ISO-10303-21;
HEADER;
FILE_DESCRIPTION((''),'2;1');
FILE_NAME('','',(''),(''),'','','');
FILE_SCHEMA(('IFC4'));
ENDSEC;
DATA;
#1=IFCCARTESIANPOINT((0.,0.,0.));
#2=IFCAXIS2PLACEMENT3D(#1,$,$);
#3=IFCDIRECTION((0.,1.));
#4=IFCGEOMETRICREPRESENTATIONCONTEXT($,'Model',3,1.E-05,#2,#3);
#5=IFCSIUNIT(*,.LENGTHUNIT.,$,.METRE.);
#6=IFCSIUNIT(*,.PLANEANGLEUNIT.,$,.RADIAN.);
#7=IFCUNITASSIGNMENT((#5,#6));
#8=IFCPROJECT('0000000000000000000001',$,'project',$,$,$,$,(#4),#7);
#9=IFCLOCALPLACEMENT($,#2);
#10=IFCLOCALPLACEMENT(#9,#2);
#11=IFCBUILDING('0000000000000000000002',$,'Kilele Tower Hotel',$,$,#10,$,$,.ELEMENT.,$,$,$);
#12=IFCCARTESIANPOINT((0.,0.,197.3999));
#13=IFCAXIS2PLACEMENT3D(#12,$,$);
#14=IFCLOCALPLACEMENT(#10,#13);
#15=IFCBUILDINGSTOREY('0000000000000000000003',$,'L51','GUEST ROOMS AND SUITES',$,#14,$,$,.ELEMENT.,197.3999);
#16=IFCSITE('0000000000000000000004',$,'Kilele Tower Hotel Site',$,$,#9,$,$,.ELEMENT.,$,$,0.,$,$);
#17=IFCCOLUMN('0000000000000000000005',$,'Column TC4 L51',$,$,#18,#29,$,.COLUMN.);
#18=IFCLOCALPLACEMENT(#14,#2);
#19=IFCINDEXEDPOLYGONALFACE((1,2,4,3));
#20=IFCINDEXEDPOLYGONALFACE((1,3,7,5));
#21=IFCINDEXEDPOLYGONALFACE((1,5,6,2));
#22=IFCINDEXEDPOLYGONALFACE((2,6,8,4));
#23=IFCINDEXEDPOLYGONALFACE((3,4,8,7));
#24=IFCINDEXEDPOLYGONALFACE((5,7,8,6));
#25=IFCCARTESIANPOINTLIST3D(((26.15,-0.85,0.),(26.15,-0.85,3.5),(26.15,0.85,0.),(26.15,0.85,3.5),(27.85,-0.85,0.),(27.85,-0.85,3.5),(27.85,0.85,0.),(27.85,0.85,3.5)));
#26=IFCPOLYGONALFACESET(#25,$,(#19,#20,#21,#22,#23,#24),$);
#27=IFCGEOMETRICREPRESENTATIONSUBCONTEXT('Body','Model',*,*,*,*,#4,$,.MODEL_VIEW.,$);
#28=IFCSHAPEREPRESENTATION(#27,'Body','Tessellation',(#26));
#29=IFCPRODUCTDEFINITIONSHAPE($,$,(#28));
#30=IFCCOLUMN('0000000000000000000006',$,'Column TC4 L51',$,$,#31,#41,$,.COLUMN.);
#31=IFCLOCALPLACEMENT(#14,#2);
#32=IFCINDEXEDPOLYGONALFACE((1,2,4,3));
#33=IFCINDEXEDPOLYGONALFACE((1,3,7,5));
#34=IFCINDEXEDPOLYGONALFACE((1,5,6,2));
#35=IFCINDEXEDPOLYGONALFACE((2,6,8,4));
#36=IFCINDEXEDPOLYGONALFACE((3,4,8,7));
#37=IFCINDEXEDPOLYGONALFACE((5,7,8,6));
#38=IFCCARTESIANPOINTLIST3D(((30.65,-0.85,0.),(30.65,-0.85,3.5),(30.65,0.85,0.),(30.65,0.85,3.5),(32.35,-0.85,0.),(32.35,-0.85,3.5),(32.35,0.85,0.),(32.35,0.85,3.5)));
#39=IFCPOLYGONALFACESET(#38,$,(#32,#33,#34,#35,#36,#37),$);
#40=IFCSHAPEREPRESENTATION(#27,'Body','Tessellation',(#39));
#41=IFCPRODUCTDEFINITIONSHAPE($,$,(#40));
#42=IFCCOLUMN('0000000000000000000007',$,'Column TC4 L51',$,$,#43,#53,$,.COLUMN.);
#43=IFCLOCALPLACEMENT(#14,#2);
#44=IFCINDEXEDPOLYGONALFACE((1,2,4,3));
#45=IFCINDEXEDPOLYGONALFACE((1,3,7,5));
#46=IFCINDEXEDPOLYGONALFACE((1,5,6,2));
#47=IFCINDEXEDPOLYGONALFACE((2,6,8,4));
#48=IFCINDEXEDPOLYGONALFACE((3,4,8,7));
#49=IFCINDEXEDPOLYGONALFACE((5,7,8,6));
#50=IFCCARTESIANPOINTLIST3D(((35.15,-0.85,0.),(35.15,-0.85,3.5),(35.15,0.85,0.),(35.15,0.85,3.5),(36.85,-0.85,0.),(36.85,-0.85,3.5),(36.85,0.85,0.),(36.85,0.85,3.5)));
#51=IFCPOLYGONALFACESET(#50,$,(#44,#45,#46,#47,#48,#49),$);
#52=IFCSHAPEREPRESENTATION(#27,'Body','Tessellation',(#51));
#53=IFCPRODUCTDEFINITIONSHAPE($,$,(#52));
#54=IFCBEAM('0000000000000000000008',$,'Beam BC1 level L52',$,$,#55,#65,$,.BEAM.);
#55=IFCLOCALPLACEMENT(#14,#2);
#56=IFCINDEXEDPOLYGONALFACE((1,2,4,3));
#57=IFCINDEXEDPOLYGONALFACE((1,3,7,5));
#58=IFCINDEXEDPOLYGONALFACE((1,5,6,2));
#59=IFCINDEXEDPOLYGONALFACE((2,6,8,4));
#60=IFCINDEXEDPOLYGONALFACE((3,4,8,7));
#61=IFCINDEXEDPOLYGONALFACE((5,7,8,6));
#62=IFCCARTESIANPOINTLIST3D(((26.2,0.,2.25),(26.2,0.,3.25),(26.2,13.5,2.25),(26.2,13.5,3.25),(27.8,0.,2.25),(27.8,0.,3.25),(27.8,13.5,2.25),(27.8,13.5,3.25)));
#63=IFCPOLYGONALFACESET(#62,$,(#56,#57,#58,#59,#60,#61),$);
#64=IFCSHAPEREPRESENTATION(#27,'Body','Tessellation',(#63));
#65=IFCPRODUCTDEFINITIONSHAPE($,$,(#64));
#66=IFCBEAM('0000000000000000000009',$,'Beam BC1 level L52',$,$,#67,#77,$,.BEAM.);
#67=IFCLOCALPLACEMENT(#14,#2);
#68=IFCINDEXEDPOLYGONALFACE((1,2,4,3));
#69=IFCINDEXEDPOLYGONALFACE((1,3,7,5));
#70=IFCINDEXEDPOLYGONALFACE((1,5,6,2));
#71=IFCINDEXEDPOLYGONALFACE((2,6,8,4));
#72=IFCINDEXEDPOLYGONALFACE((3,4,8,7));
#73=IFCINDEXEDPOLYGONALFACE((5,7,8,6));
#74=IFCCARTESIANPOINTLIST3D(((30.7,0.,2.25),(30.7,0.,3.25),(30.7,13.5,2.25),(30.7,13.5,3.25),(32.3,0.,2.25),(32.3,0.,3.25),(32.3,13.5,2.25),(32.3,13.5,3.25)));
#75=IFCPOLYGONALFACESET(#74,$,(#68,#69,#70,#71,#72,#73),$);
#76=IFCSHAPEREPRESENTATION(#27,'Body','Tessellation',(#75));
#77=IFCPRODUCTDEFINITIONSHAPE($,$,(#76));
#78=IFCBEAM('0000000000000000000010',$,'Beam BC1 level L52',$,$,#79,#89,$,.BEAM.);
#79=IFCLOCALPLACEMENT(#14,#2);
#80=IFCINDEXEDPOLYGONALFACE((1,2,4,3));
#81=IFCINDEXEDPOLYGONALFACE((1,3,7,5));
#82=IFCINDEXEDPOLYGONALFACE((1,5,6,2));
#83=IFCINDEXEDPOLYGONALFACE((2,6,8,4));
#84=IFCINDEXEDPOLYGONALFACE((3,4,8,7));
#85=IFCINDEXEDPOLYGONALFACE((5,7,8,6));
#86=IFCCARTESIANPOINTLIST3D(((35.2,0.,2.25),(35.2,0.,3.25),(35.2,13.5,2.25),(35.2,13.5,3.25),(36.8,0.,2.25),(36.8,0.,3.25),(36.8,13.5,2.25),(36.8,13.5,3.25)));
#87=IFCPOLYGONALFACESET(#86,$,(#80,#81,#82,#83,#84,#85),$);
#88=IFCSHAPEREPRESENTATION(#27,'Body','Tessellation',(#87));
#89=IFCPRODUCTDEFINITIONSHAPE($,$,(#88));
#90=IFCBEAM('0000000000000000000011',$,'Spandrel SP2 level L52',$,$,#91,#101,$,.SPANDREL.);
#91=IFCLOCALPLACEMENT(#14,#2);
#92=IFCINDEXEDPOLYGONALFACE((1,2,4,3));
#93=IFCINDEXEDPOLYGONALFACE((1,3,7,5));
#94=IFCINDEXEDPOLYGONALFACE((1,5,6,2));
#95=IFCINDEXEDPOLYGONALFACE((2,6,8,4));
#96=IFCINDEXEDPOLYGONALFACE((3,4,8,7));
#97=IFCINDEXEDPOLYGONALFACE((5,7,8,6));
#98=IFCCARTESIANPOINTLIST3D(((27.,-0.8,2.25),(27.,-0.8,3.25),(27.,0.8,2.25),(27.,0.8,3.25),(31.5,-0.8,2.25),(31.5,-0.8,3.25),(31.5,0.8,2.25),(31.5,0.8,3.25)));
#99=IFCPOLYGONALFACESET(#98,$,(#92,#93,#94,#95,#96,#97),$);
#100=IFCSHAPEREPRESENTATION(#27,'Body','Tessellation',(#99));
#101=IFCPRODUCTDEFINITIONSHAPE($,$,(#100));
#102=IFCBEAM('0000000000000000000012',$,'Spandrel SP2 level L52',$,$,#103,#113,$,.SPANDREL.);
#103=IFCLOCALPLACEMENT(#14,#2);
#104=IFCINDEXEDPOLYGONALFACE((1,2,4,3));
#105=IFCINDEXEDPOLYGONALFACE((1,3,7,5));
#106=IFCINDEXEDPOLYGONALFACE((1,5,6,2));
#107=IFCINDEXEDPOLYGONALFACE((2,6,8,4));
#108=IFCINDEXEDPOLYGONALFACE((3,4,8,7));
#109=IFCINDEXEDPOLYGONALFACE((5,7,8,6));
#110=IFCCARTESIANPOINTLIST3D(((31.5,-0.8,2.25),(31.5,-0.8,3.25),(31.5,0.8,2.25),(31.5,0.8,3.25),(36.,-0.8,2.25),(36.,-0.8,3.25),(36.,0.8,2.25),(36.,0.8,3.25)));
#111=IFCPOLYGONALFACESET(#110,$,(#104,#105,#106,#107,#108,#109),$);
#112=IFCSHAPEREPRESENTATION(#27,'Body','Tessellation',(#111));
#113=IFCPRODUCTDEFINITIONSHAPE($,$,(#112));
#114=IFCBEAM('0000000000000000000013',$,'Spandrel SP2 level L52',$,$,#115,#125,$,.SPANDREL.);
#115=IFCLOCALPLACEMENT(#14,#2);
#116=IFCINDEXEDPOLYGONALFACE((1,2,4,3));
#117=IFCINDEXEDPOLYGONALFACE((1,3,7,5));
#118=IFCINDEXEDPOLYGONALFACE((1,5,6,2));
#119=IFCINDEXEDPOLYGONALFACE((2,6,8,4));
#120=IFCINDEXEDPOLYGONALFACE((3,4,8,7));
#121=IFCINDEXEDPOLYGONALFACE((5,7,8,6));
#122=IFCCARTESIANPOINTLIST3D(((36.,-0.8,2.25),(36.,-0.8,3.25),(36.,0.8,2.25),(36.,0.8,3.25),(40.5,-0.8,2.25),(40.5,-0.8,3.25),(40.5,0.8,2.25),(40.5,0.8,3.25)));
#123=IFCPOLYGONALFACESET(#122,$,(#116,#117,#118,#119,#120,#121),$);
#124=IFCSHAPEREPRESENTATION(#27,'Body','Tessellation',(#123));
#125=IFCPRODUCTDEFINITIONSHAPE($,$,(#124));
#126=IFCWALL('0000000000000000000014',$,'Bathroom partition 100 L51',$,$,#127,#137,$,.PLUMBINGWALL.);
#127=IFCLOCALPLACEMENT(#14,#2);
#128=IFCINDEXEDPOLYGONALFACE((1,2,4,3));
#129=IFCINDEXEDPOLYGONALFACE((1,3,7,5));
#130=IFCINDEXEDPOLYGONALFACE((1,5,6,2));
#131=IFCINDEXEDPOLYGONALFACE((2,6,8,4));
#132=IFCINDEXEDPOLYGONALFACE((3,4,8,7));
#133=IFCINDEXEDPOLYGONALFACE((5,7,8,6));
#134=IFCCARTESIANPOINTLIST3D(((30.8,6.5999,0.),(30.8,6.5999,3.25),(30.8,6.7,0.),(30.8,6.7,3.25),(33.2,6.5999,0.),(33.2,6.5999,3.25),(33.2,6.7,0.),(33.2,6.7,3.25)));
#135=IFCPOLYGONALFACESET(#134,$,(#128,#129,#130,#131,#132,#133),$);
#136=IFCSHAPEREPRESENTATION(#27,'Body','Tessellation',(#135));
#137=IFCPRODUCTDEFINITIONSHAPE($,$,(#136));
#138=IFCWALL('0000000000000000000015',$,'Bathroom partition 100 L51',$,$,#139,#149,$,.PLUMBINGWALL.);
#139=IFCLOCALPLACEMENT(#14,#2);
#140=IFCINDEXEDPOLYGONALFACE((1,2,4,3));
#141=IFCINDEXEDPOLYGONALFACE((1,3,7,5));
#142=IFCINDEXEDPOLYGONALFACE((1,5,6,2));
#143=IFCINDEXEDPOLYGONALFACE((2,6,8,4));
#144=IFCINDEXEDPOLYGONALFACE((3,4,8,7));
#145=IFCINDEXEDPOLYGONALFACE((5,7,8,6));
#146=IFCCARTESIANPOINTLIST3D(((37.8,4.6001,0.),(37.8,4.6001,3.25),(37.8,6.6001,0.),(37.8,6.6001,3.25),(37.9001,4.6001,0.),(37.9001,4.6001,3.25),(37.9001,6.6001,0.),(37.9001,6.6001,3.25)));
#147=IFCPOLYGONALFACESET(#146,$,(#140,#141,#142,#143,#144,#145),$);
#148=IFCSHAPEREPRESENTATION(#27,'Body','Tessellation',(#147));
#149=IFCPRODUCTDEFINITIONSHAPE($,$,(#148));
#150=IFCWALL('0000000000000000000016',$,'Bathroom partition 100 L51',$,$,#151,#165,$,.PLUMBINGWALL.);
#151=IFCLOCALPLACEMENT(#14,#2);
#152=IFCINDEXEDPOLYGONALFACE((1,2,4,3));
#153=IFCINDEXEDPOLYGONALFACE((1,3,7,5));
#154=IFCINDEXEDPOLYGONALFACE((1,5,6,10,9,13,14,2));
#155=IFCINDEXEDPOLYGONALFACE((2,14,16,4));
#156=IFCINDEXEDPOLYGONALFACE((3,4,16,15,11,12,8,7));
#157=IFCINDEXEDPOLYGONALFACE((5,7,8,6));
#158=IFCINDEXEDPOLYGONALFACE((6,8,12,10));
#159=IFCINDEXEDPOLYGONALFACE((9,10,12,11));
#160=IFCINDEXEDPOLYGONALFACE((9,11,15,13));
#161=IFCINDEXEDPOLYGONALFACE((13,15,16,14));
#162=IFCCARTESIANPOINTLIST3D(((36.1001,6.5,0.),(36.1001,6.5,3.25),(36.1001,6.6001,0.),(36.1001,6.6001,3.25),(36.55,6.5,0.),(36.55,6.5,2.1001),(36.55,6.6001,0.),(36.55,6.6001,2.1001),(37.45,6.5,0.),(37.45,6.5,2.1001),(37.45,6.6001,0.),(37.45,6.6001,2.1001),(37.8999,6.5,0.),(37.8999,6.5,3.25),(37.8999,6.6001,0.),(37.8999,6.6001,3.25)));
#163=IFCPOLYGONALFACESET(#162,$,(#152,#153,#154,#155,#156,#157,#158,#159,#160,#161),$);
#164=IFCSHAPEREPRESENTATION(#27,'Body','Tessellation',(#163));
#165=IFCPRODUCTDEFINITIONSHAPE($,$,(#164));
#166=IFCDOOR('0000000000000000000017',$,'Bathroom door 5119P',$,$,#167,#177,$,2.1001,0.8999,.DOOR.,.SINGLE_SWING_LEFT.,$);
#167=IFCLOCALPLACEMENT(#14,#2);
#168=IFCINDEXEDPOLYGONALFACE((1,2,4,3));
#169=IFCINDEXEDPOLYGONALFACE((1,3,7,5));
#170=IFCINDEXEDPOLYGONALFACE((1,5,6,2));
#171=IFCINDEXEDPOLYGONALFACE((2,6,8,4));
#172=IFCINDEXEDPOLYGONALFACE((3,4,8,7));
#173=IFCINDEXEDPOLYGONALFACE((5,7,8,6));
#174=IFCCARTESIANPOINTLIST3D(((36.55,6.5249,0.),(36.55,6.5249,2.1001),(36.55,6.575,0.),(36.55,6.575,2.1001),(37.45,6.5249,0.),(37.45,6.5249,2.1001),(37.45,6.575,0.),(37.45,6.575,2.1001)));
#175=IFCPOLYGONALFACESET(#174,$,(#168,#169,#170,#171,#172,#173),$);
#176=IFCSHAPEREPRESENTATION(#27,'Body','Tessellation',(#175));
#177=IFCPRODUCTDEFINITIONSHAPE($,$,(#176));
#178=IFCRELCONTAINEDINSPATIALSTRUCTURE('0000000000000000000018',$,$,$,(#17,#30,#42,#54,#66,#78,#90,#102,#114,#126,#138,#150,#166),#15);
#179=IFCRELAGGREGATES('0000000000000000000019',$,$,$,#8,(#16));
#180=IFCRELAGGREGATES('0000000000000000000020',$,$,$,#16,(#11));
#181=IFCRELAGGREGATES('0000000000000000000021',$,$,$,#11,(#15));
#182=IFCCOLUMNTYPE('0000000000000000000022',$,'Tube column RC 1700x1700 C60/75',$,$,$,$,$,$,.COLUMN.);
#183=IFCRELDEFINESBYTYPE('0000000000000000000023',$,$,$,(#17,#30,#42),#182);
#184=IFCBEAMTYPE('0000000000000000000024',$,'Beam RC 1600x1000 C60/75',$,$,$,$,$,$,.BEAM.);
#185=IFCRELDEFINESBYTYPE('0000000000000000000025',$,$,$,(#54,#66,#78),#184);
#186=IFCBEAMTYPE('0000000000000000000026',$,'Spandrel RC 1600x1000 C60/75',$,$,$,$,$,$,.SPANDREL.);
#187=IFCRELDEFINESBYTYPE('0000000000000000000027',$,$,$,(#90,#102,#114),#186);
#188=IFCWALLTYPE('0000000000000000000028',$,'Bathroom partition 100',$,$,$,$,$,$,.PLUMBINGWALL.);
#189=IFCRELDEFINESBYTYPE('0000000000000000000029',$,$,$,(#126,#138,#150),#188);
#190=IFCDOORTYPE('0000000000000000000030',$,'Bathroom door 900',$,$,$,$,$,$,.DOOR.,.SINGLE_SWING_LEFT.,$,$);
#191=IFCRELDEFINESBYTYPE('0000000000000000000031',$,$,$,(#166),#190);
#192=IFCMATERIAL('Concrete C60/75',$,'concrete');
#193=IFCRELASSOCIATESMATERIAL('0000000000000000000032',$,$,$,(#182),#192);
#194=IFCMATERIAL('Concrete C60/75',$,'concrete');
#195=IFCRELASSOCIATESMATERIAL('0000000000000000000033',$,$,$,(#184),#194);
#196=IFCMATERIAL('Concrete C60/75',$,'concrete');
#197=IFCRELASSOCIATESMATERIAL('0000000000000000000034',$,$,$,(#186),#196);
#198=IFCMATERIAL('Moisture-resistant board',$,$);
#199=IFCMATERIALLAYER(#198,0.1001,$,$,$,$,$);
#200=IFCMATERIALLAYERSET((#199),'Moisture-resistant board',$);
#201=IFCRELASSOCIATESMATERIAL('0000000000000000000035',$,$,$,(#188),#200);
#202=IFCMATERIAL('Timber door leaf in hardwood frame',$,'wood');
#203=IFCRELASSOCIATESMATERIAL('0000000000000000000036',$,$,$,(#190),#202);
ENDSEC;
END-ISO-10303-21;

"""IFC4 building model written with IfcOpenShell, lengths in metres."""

from ifc_helpers import new_model, si_unit, direction, frame, frame_2d, origin, origin_2d, place, context, subcontext, project, spatial, rectangle, extrude, material, layer, layer_set, material_profile, profile_set, type_object, element, fill, save


model = new_model("IFC4")

# Units and contexts
model_context = context("Model", 3, precision=1e-05, world=origin(), true_north=direction((0.0, 1.0)))
body_context = subcontext(model_context, "Body", "Model", "MODEL_VIEW")
ifc_project = project(units=[si_unit("LENGTHUNIT", "METRE"), si_unit("PLANEANGLEUNIT", "RADIAN")], contexts=[model_context])

# Site, building, storey
site_placement = place(None, origin())
site = spatial("IfcSite", under=ifc_project, at=site_placement, Name="Kilele Tower Hotel Site", CompositionType="ELEMENT", RefElevation=0.0)
building_placement = place(site_placement, origin())
building = spatial("IfcBuilding", under=site, at=building_placement, Name="Kilele Tower Hotel", CompositionType="ELEMENT")
storey_placement = place(building_placement, frame((0.0, 0.0, 197.3999)))
storey = spatial("IfcBuildingStorey", under=building, at=storey_placement, Name="L51", Description="GUEST ROOMS AND SUITES", CompositionType="ELEMENT", Elevation=197.3999)

# Columns
ifc_material_1 = material(Name="Concrete C60/75", Category="concrete")
ifc_material_profile_1 = material_profile(ifc_material_1, rectangle(XDim=1.7, YDim=1.7, at=origin_2d()))
ifc_profile_set_1 = profile_set([ifc_material_profile_1], Name="Concrete C60/75")
column_type = type_object("IfcColumnType", Name="Tube column RC 1700x1700 C60/75", PredefinedType="COLUMN", material=ifc_profile_set_1)
for number, where, z_axis, x_axis, name in (
    (1, (27.0, 0.0, 0.0), (0.0, 0.0, 1.0), (1.0, 0.0, 0.0), "Column TC4 L51"),
    (2, (31.5, 0.0, 0.0), (0.0, 0.0, 1.0), (1.0, 0.0, 0.0), "Column TC4 L51"),
    (3, (36.0, 0.0, 0.0), (0.0, 0.0, 1.0), (1.0, 0.0, 0.0), "Column TC4 L51"),
):
    element("IfcColumn", number, at=place(storey_placement, frame(where, z_axis=z_axis, x_axis=x_axis)), inside=storey, type_object=column_type, Name=name, PredefinedType="COLUMN", context=body_context, shape_type="SweptSolid", body=[
        extrude(rectangle(XDim=1.7, YDim=1.7, at=origin_2d()), origin(), (0.0, 0.0, 1.0), 3.5),
    ])

# Beams
ifc_material_2 = material(Name="Concrete C60/75", Category="concrete")
ifc_material_profile_2 = material_profile(ifc_material_2, rectangle(XDim=1.6001, YDim=1.0, at=origin_2d()))
ifc_profile_set_2 = profile_set([ifc_material_profile_2], Name="Concrete C60/75")
beam_type_1 = type_object("IfcBeamType", Name="Beam RC 1600x1000 C60/75", PredefinedType="BEAM", material=ifc_profile_set_2)
for number, where, z_axis, x_axis, name in (
    (4, (27.0, 0.0, 2.75), (0.0, 1.0, 0.0), (-1.0, 0.0, 0.0), "Beam BC1 level L52"),
    (5, (31.5, 0.0, 2.75), (0.0, 1.0, 0.0), (-1.0, 0.0, 0.0), "Beam BC1 level L52"),
    (6, (36.0, 0.0, 2.75), (0.0, 1.0, 0.0), (-1.0, 0.0, 0.0), "Beam BC1 level L52"),
):
    element("IfcBeam", number, at=place(storey_placement, frame(where, z_axis=z_axis, x_axis=x_axis)), inside=storey, type_object=beam_type_1, Name=name, PredefinedType="BEAM", context=body_context, shape_type="SweptSolid", body=[
        extrude(rectangle(XDim=1.6001, YDim=1.0, at=origin_2d()), origin(), (0.0, 0.0, 1.0), 13.5),
    ])
ifc_material_3 = material(Name="Concrete C60/75", Category="concrete")
ifc_material_profile_3 = material_profile(ifc_material_3, rectangle(XDim=1.6001, YDim=1.0, at=origin_2d()))
ifc_profile_set_3 = profile_set([ifc_material_profile_3], Name="Concrete C60/75")
beam_type_2 = type_object("IfcBeamType", Name="Spandrel RC 1600x1000 C60/75", PredefinedType="SPANDREL", material=ifc_profile_set_3)
for number, where, z_axis, x_axis, name in (
    (7, (27.0, 0.0, 2.75), (1.0, 0.0, 0.0), (0.0, 1.0, 0.0), "Spandrel SP2 level L52"),
    (8, (31.5, 0.0, 2.75), (1.0, 0.0, 0.0), (0.0, 1.0, 0.0), "Spandrel SP2 level L52"),
    (9, (36.0, 0.0, 2.75), (1.0, 0.0, 0.0), (0.0, 1.0, 0.0), "Spandrel SP2 level L52"),
):
    element("IfcBeam", number, at=place(storey_placement, frame(where, z_axis=z_axis, x_axis=x_axis)), inside=storey, type_object=beam_type_2, Name=name, PredefinedType="SPANDREL", context=body_context, shape_type="SweptSolid", body=[
        extrude(rectangle(XDim=1.6001, YDim=1.0, at=origin_2d()), origin(), (0.0, 0.0, 1.0), 4.5),
    ])

# Walls
ifc_material_4 = material(Name="Moisture-resistant board")
ifc_layer_1 = layer(ifc_material_4, 0.1001)
ifc_layer_set_1 = layer_set([ifc_layer_1], Name="Moisture-resistant board")
wall_type_1 = type_object("IfcWallType", Name="Bathroom partition 100", PredefinedType="PLUMBINGWALL", material=ifc_layer_set_1)
wall_1_placement = place(storey_placement, frame((30.8, 6.6499, 0.0), z_axis=(0.0, 0.0, 1.0), x_axis=(1.0, 0.0, 0.0)))
element("IfcWall", 10, at=wall_1_placement, inside=storey, type_object=wall_type_1, Name="Bathroom partition 100 L51", PredefinedType="PLUMBINGWALL", context=body_context, shape_type="SweptSolid", body=[
    extrude(rectangle(XDim=2.3999, YDim=0.1001, at=frame_2d((1.2, 0.0))), origin(), (0.0, 0.0, 1.0), 3.25),
])
wall_2_placement = place(storey_placement, frame((37.8501, 4.6001, 0.0), z_axis=(0.0, 0.0, 1.0), x_axis=(0.0, 1.0, 0.0)))
element("IfcWall", 11, at=wall_2_placement, inside=storey, type_object=wall_type_1, Name="Bathroom partition 100 L51", PredefinedType="PLUMBINGWALL", context=body_context, shape_type="SweptSolid", body=[
    extrude(rectangle(XDim=2.0, YDim=0.1001, at=frame_2d((1.0, 0.0))), origin(), (0.0, 0.0, 1.0), 3.25),
])

# Wall, opening, door
wall_3_placement = place(storey_placement, frame((36.1001, 6.55, 0.0), z_axis=(0.0, 0.0, 1.0), x_axis=(1.0, 0.0, 0.0)))
wall_3 = element("IfcWall", 12, at=wall_3_placement, inside=storey, type_object=wall_type_1, Name="Bathroom partition 100 L51", PredefinedType="PLUMBINGWALL", context=body_context, shape_type="SweptSolid", body=[
    extrude(rectangle(XDim=1.7998, YDim=0.1001, at=frame_2d((0.8999, 0.0))), origin(), (0.0, 0.0, 1.0), 3.25),
])
opening_1_placement = place(wall_3_placement, frame((0.45, 0.0, 0.0)))
opening_1 = element("IfcOpeningElement", 13, at=opening_1_placement, cuts=wall_3, PredefinedType="OPENING", context=body_context, shape_type="SweptSolid", body=[
    extrude(rectangle(XDim=0.8999, YDim=2.1001, at=frame_2d((0.45, 1.05))), frame((0.0, 0.0601, 0.0), z_axis=(0.0, -1.0, 0.0), x_axis=(1.0, 0.0, 0.0)), (0.0, 0.0, 1.0), 0.1201),
])
ifc_material_5 = material(Name="Timber door leaf in hardwood frame", Category="wood")
door_type_1 = type_object("IfcDoorType", Name="Bathroom door 900", OperationType="SINGLE_SWING_LEFT", PredefinedType="DOOR", material=ifc_material_5)
door_1_placement = place(opening_1_placement, origin())
door_1 = element("IfcDoor", 14, at=door_1_placement, inside=storey, type_object=door_type_1, Name="Bathroom door 5119P", OperationType="SINGLE_SWING_LEFT", OverallHeight=2.1001, OverallWidth=0.8999, PredefinedType="DOOR", context=body_context, shape_type="SweptSolid", body=[
    extrude(rectangle(XDim=0.8999, YDim=2.1001, at=frame_2d((0.45, 1.05))), frame((0.0, 0.0249, 0.0), z_axis=(0.0, -1.0, 0.0), x_axis=(1.0, 0.0, 0.0)), (0.0, 0.0, 1.0), 0.05),
])
fill(opening_1, door_1)

save(model, "model.ifc")
